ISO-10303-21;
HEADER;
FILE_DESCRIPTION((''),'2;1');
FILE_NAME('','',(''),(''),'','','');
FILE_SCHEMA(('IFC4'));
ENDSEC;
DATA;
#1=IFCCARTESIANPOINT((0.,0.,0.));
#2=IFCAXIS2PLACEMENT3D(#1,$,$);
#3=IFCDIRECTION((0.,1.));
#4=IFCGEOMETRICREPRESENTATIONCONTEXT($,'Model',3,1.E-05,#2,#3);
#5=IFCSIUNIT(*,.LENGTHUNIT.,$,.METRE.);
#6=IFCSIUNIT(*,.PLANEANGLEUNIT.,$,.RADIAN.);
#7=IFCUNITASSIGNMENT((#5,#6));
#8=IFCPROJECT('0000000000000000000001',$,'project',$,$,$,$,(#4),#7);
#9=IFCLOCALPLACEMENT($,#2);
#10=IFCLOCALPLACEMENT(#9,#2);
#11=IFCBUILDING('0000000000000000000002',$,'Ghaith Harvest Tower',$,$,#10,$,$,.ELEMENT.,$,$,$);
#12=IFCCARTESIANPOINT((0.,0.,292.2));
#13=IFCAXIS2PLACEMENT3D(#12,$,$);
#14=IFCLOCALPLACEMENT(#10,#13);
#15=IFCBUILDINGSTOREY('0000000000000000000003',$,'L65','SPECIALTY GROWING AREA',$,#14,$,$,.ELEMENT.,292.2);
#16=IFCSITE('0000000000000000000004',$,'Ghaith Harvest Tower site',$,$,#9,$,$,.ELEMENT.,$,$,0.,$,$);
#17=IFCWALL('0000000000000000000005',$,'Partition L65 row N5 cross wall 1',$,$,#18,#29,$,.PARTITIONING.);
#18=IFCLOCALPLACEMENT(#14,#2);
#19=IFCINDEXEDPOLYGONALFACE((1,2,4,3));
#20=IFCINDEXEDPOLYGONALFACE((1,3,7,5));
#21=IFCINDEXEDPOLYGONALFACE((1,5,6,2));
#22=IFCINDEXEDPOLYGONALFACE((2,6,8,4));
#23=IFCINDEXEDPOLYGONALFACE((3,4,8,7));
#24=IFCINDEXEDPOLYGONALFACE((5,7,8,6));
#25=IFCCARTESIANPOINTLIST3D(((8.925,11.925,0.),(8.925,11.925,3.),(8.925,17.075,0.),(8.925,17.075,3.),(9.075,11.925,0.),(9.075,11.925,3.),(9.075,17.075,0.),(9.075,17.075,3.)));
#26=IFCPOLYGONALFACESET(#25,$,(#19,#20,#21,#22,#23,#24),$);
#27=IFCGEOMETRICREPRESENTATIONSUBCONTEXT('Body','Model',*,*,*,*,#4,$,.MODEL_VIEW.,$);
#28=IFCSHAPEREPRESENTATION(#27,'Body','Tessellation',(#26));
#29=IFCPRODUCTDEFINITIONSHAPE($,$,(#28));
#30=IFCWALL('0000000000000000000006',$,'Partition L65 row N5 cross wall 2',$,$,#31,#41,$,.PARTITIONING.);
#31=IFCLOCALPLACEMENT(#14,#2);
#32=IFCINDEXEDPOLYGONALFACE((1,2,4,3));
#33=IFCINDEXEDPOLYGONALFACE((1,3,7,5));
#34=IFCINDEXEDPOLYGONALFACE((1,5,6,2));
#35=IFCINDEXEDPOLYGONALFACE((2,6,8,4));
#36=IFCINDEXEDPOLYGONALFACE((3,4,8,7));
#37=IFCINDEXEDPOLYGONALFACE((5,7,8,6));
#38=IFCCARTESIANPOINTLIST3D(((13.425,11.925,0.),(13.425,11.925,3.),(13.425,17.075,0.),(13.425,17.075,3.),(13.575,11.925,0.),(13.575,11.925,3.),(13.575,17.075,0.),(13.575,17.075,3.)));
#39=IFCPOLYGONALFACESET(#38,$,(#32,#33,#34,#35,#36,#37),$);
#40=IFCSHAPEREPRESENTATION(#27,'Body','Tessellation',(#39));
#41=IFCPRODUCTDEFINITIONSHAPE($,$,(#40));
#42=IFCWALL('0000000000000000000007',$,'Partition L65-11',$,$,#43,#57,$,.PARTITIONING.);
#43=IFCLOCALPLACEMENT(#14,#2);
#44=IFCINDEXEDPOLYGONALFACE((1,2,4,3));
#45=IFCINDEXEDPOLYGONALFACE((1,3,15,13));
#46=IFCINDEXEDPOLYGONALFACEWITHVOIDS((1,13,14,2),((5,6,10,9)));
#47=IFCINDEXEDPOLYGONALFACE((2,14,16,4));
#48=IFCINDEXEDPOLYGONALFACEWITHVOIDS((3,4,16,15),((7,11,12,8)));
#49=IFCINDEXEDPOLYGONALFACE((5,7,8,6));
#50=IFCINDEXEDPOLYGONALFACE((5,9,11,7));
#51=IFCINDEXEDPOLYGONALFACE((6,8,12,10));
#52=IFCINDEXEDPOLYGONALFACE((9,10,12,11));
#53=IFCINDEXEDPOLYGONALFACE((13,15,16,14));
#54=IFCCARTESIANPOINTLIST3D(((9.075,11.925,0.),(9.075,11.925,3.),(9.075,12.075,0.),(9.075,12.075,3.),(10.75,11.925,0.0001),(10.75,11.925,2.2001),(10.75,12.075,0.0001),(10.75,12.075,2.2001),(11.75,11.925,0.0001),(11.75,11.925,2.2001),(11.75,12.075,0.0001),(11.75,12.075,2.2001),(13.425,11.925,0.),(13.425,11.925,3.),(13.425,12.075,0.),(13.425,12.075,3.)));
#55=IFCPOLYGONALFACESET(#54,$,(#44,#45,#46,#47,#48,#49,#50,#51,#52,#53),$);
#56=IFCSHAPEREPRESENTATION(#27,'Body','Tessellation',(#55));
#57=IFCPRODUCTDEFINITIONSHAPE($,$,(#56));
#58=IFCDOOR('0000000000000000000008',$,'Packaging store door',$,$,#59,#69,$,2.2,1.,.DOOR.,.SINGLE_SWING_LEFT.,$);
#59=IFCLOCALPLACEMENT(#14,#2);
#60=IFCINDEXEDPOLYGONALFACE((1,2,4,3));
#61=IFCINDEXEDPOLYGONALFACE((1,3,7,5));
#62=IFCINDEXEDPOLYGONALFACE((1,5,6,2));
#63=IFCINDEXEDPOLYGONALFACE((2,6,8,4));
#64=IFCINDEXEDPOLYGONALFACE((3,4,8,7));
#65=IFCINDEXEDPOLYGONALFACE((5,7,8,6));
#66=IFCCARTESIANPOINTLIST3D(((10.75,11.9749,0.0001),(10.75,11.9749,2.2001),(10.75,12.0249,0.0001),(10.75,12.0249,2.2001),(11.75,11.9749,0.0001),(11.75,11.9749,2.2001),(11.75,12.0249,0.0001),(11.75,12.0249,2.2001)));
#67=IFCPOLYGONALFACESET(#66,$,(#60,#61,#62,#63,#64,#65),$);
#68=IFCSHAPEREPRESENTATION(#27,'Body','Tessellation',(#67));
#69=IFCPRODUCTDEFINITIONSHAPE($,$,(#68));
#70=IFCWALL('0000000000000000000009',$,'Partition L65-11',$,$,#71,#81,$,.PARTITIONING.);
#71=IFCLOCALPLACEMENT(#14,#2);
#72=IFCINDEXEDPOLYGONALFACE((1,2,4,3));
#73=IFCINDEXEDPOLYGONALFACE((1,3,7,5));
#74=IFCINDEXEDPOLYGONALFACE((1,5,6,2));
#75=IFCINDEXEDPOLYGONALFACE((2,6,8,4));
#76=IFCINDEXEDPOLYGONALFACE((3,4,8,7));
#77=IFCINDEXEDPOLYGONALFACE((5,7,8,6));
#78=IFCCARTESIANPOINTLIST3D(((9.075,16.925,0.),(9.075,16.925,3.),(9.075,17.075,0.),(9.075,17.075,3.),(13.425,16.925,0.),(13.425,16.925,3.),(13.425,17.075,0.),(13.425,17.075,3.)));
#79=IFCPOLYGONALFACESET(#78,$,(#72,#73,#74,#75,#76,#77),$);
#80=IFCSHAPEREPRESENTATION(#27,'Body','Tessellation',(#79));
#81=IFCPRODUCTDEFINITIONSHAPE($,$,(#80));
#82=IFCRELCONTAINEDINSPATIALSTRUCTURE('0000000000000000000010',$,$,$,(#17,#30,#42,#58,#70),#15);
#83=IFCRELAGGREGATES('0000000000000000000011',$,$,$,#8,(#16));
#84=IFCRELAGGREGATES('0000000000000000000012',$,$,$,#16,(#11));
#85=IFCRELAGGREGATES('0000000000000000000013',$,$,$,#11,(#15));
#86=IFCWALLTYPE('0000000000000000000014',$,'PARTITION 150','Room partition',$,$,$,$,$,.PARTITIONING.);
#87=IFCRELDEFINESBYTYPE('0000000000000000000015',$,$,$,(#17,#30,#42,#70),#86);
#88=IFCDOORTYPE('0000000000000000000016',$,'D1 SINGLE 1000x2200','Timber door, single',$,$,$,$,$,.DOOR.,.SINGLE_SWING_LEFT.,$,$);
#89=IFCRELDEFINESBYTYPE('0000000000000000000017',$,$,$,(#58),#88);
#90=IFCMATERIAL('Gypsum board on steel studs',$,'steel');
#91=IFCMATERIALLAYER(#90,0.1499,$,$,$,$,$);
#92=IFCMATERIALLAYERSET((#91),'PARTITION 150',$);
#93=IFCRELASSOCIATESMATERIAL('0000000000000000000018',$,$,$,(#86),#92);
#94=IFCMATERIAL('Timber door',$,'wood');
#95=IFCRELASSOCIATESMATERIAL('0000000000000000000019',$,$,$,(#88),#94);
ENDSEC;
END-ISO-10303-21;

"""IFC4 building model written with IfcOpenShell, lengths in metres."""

from ifc_helpers import new_model, si_unit, direction, frame, frame_2d, origin, place, context, subcontext, project, spatial, rectangle, extrude, material, layer, layer_set, type_object, element, fill, save


model = new_model("IFC4")

# Units and contexts
model_context = context("Model", 3, precision=1e-05, world=origin(), true_north=direction((0.0, 1.0)))
body_context = subcontext(model_context, "Body", "Model", "MODEL_VIEW")
ifc_project = project(units=[si_unit("LENGTHUNIT", "METRE"), si_unit("PLANEANGLEUNIT", "RADIAN")], contexts=[model_context])

# Site, building, storey
site_placement = place(None, origin())
site = spatial("IfcSite", under=ifc_project, at=site_placement, Name="Ghaith Harvest Tower site", CompositionType="ELEMENT", RefElevation=0.0)
building_placement = place(site_placement, origin())
building = spatial("IfcBuilding", under=site, at=building_placement, Name="Ghaith Harvest Tower", CompositionType="ELEMENT")
storey_placement = place(building_placement, frame((0.0, 0.0, 292.2)))
storey = spatial("IfcBuildingStorey", under=building, at=storey_placement, Name="L65", Description="SPECIALTY GROWING AREA", CompositionType="ELEMENT", Elevation=292.2)

# Walls
ifc_material_1 = material(Name="Gypsum board on steel studs", Category="steel")
ifc_layer_1 = layer(ifc_material_1, 0.1499)
ifc_layer_set_1 = layer_set([ifc_layer_1], Name="PARTITION 150")
wall_type = type_object("IfcWallType", Name="PARTITION 150", Description="Room partition", PredefinedType="PARTITIONING", material=ifc_layer_set_1)
for number, where, z_axis, x_axis, name in (
    (1, (9.0, 11.925, 0.0), (0.0, 0.0, 1.0), (0.0, 1.0, 0.0), "Partition L65 row N5 cross wall 1"),
    (2, (13.5, 11.925, 0.0), (0.0, 0.0, 1.0), (0.0, 1.0, 0.0), "Partition L65 row N5 cross wall 2"),
):
    element("IfcWall", number, at=place(storey_placement, frame(where, z_axis=z_axis, x_axis=x_axis)), inside=storey, type_object=wall_type, Name=name, PredefinedType="PARTITIONING", context=body_context, shape_type="SweptSolid", body=[
        extrude(rectangle(XDim=5.1499, YDim=0.1499, at=frame_2d((2.575, 0.0))), origin(), (0.0, 0.0, 1.0), 3.0),
    ])

# Wall, opening, door
wall_1_placement = place(storey_placement, frame((9.075, 12.0, 0.0), z_axis=(0.0, 0.0, 1.0), x_axis=(1.0, 0.0, 0.0)))
wall_1 = element("IfcWall", 3, at=wall_1_placement, inside=storey, type_object=wall_type, Name="Partition L65-11", PredefinedType="PARTITIONING", context=body_context, shape_type="SweptSolid", body=[
    extrude(rectangle(XDim=4.3501, YDim=0.1499, at=frame_2d((2.175, 0.0))), origin(), (0.0, 0.0, 1.0), 3.0),
])
opening_placement = place(wall_1_placement, frame((1.675, 0.0, 0.0)))
opening = element("IfcOpeningElement", 4, at=opening_placement, cuts=wall_1, PredefinedType="OPENING", context=body_context, shape_type="SweptSolid", body=[
    extrude(rectangle(XDim=1.0, YDim=2.2, at=frame_2d((0.5, 1.1001))), frame((0.0, 0.085, 0.0), z_axis=(0.0, -1.0, 0.0), x_axis=(1.0, 0.0, 0.0)), (0.0, 0.0, 1.0), 0.1699),
])
ifc_material_2 = material(Name="Timber door", Category="wood")
door_type = type_object("IfcDoorType", Name="D1 SINGLE 1000x2200", Description="Timber door, single", OperationType="SINGLE_SWING_LEFT", PredefinedType="DOOR", material=ifc_material_2)
door_placement = place(opening_placement, origin())
door = element("IfcDoor", 5, at=door_placement, inside=storey, type_object=door_type, Name="Packaging store door", OperationType="SINGLE_SWING_LEFT", OverallHeight=2.2, OverallWidth=1.0, PredefinedType="DOOR", context=body_context, shape_type="SweptSolid", body=[
    extrude(rectangle(XDim=1.0, YDim=2.2, at=frame_2d((0.5, 1.1001))), frame((0.0, 0.0249, 0.0), z_axis=(0.0, -1.0, 0.0), x_axis=(1.0, 0.0, 0.0)), (0.0, 0.0, 1.0), 0.05),
])
fill(opening, door)

# Wall
wall_2_placement = place(storey_placement, frame((9.075, 17.0, 0.0), z_axis=(0.0, 0.0, 1.0), x_axis=(1.0, 0.0, 0.0)))
element("IfcWall", 6, at=wall_2_placement, inside=storey, type_object=wall_type, Name="Partition L65-11", PredefinedType="PARTITIONING", context=body_context, shape_type="SweptSolid", body=[
    extrude(rectangle(XDim=4.3501, YDim=0.1499, at=frame_2d((2.175, 0.0))), origin(), (0.0, 0.0, 1.0), 3.0),
])

save(model, "model.ifc")
